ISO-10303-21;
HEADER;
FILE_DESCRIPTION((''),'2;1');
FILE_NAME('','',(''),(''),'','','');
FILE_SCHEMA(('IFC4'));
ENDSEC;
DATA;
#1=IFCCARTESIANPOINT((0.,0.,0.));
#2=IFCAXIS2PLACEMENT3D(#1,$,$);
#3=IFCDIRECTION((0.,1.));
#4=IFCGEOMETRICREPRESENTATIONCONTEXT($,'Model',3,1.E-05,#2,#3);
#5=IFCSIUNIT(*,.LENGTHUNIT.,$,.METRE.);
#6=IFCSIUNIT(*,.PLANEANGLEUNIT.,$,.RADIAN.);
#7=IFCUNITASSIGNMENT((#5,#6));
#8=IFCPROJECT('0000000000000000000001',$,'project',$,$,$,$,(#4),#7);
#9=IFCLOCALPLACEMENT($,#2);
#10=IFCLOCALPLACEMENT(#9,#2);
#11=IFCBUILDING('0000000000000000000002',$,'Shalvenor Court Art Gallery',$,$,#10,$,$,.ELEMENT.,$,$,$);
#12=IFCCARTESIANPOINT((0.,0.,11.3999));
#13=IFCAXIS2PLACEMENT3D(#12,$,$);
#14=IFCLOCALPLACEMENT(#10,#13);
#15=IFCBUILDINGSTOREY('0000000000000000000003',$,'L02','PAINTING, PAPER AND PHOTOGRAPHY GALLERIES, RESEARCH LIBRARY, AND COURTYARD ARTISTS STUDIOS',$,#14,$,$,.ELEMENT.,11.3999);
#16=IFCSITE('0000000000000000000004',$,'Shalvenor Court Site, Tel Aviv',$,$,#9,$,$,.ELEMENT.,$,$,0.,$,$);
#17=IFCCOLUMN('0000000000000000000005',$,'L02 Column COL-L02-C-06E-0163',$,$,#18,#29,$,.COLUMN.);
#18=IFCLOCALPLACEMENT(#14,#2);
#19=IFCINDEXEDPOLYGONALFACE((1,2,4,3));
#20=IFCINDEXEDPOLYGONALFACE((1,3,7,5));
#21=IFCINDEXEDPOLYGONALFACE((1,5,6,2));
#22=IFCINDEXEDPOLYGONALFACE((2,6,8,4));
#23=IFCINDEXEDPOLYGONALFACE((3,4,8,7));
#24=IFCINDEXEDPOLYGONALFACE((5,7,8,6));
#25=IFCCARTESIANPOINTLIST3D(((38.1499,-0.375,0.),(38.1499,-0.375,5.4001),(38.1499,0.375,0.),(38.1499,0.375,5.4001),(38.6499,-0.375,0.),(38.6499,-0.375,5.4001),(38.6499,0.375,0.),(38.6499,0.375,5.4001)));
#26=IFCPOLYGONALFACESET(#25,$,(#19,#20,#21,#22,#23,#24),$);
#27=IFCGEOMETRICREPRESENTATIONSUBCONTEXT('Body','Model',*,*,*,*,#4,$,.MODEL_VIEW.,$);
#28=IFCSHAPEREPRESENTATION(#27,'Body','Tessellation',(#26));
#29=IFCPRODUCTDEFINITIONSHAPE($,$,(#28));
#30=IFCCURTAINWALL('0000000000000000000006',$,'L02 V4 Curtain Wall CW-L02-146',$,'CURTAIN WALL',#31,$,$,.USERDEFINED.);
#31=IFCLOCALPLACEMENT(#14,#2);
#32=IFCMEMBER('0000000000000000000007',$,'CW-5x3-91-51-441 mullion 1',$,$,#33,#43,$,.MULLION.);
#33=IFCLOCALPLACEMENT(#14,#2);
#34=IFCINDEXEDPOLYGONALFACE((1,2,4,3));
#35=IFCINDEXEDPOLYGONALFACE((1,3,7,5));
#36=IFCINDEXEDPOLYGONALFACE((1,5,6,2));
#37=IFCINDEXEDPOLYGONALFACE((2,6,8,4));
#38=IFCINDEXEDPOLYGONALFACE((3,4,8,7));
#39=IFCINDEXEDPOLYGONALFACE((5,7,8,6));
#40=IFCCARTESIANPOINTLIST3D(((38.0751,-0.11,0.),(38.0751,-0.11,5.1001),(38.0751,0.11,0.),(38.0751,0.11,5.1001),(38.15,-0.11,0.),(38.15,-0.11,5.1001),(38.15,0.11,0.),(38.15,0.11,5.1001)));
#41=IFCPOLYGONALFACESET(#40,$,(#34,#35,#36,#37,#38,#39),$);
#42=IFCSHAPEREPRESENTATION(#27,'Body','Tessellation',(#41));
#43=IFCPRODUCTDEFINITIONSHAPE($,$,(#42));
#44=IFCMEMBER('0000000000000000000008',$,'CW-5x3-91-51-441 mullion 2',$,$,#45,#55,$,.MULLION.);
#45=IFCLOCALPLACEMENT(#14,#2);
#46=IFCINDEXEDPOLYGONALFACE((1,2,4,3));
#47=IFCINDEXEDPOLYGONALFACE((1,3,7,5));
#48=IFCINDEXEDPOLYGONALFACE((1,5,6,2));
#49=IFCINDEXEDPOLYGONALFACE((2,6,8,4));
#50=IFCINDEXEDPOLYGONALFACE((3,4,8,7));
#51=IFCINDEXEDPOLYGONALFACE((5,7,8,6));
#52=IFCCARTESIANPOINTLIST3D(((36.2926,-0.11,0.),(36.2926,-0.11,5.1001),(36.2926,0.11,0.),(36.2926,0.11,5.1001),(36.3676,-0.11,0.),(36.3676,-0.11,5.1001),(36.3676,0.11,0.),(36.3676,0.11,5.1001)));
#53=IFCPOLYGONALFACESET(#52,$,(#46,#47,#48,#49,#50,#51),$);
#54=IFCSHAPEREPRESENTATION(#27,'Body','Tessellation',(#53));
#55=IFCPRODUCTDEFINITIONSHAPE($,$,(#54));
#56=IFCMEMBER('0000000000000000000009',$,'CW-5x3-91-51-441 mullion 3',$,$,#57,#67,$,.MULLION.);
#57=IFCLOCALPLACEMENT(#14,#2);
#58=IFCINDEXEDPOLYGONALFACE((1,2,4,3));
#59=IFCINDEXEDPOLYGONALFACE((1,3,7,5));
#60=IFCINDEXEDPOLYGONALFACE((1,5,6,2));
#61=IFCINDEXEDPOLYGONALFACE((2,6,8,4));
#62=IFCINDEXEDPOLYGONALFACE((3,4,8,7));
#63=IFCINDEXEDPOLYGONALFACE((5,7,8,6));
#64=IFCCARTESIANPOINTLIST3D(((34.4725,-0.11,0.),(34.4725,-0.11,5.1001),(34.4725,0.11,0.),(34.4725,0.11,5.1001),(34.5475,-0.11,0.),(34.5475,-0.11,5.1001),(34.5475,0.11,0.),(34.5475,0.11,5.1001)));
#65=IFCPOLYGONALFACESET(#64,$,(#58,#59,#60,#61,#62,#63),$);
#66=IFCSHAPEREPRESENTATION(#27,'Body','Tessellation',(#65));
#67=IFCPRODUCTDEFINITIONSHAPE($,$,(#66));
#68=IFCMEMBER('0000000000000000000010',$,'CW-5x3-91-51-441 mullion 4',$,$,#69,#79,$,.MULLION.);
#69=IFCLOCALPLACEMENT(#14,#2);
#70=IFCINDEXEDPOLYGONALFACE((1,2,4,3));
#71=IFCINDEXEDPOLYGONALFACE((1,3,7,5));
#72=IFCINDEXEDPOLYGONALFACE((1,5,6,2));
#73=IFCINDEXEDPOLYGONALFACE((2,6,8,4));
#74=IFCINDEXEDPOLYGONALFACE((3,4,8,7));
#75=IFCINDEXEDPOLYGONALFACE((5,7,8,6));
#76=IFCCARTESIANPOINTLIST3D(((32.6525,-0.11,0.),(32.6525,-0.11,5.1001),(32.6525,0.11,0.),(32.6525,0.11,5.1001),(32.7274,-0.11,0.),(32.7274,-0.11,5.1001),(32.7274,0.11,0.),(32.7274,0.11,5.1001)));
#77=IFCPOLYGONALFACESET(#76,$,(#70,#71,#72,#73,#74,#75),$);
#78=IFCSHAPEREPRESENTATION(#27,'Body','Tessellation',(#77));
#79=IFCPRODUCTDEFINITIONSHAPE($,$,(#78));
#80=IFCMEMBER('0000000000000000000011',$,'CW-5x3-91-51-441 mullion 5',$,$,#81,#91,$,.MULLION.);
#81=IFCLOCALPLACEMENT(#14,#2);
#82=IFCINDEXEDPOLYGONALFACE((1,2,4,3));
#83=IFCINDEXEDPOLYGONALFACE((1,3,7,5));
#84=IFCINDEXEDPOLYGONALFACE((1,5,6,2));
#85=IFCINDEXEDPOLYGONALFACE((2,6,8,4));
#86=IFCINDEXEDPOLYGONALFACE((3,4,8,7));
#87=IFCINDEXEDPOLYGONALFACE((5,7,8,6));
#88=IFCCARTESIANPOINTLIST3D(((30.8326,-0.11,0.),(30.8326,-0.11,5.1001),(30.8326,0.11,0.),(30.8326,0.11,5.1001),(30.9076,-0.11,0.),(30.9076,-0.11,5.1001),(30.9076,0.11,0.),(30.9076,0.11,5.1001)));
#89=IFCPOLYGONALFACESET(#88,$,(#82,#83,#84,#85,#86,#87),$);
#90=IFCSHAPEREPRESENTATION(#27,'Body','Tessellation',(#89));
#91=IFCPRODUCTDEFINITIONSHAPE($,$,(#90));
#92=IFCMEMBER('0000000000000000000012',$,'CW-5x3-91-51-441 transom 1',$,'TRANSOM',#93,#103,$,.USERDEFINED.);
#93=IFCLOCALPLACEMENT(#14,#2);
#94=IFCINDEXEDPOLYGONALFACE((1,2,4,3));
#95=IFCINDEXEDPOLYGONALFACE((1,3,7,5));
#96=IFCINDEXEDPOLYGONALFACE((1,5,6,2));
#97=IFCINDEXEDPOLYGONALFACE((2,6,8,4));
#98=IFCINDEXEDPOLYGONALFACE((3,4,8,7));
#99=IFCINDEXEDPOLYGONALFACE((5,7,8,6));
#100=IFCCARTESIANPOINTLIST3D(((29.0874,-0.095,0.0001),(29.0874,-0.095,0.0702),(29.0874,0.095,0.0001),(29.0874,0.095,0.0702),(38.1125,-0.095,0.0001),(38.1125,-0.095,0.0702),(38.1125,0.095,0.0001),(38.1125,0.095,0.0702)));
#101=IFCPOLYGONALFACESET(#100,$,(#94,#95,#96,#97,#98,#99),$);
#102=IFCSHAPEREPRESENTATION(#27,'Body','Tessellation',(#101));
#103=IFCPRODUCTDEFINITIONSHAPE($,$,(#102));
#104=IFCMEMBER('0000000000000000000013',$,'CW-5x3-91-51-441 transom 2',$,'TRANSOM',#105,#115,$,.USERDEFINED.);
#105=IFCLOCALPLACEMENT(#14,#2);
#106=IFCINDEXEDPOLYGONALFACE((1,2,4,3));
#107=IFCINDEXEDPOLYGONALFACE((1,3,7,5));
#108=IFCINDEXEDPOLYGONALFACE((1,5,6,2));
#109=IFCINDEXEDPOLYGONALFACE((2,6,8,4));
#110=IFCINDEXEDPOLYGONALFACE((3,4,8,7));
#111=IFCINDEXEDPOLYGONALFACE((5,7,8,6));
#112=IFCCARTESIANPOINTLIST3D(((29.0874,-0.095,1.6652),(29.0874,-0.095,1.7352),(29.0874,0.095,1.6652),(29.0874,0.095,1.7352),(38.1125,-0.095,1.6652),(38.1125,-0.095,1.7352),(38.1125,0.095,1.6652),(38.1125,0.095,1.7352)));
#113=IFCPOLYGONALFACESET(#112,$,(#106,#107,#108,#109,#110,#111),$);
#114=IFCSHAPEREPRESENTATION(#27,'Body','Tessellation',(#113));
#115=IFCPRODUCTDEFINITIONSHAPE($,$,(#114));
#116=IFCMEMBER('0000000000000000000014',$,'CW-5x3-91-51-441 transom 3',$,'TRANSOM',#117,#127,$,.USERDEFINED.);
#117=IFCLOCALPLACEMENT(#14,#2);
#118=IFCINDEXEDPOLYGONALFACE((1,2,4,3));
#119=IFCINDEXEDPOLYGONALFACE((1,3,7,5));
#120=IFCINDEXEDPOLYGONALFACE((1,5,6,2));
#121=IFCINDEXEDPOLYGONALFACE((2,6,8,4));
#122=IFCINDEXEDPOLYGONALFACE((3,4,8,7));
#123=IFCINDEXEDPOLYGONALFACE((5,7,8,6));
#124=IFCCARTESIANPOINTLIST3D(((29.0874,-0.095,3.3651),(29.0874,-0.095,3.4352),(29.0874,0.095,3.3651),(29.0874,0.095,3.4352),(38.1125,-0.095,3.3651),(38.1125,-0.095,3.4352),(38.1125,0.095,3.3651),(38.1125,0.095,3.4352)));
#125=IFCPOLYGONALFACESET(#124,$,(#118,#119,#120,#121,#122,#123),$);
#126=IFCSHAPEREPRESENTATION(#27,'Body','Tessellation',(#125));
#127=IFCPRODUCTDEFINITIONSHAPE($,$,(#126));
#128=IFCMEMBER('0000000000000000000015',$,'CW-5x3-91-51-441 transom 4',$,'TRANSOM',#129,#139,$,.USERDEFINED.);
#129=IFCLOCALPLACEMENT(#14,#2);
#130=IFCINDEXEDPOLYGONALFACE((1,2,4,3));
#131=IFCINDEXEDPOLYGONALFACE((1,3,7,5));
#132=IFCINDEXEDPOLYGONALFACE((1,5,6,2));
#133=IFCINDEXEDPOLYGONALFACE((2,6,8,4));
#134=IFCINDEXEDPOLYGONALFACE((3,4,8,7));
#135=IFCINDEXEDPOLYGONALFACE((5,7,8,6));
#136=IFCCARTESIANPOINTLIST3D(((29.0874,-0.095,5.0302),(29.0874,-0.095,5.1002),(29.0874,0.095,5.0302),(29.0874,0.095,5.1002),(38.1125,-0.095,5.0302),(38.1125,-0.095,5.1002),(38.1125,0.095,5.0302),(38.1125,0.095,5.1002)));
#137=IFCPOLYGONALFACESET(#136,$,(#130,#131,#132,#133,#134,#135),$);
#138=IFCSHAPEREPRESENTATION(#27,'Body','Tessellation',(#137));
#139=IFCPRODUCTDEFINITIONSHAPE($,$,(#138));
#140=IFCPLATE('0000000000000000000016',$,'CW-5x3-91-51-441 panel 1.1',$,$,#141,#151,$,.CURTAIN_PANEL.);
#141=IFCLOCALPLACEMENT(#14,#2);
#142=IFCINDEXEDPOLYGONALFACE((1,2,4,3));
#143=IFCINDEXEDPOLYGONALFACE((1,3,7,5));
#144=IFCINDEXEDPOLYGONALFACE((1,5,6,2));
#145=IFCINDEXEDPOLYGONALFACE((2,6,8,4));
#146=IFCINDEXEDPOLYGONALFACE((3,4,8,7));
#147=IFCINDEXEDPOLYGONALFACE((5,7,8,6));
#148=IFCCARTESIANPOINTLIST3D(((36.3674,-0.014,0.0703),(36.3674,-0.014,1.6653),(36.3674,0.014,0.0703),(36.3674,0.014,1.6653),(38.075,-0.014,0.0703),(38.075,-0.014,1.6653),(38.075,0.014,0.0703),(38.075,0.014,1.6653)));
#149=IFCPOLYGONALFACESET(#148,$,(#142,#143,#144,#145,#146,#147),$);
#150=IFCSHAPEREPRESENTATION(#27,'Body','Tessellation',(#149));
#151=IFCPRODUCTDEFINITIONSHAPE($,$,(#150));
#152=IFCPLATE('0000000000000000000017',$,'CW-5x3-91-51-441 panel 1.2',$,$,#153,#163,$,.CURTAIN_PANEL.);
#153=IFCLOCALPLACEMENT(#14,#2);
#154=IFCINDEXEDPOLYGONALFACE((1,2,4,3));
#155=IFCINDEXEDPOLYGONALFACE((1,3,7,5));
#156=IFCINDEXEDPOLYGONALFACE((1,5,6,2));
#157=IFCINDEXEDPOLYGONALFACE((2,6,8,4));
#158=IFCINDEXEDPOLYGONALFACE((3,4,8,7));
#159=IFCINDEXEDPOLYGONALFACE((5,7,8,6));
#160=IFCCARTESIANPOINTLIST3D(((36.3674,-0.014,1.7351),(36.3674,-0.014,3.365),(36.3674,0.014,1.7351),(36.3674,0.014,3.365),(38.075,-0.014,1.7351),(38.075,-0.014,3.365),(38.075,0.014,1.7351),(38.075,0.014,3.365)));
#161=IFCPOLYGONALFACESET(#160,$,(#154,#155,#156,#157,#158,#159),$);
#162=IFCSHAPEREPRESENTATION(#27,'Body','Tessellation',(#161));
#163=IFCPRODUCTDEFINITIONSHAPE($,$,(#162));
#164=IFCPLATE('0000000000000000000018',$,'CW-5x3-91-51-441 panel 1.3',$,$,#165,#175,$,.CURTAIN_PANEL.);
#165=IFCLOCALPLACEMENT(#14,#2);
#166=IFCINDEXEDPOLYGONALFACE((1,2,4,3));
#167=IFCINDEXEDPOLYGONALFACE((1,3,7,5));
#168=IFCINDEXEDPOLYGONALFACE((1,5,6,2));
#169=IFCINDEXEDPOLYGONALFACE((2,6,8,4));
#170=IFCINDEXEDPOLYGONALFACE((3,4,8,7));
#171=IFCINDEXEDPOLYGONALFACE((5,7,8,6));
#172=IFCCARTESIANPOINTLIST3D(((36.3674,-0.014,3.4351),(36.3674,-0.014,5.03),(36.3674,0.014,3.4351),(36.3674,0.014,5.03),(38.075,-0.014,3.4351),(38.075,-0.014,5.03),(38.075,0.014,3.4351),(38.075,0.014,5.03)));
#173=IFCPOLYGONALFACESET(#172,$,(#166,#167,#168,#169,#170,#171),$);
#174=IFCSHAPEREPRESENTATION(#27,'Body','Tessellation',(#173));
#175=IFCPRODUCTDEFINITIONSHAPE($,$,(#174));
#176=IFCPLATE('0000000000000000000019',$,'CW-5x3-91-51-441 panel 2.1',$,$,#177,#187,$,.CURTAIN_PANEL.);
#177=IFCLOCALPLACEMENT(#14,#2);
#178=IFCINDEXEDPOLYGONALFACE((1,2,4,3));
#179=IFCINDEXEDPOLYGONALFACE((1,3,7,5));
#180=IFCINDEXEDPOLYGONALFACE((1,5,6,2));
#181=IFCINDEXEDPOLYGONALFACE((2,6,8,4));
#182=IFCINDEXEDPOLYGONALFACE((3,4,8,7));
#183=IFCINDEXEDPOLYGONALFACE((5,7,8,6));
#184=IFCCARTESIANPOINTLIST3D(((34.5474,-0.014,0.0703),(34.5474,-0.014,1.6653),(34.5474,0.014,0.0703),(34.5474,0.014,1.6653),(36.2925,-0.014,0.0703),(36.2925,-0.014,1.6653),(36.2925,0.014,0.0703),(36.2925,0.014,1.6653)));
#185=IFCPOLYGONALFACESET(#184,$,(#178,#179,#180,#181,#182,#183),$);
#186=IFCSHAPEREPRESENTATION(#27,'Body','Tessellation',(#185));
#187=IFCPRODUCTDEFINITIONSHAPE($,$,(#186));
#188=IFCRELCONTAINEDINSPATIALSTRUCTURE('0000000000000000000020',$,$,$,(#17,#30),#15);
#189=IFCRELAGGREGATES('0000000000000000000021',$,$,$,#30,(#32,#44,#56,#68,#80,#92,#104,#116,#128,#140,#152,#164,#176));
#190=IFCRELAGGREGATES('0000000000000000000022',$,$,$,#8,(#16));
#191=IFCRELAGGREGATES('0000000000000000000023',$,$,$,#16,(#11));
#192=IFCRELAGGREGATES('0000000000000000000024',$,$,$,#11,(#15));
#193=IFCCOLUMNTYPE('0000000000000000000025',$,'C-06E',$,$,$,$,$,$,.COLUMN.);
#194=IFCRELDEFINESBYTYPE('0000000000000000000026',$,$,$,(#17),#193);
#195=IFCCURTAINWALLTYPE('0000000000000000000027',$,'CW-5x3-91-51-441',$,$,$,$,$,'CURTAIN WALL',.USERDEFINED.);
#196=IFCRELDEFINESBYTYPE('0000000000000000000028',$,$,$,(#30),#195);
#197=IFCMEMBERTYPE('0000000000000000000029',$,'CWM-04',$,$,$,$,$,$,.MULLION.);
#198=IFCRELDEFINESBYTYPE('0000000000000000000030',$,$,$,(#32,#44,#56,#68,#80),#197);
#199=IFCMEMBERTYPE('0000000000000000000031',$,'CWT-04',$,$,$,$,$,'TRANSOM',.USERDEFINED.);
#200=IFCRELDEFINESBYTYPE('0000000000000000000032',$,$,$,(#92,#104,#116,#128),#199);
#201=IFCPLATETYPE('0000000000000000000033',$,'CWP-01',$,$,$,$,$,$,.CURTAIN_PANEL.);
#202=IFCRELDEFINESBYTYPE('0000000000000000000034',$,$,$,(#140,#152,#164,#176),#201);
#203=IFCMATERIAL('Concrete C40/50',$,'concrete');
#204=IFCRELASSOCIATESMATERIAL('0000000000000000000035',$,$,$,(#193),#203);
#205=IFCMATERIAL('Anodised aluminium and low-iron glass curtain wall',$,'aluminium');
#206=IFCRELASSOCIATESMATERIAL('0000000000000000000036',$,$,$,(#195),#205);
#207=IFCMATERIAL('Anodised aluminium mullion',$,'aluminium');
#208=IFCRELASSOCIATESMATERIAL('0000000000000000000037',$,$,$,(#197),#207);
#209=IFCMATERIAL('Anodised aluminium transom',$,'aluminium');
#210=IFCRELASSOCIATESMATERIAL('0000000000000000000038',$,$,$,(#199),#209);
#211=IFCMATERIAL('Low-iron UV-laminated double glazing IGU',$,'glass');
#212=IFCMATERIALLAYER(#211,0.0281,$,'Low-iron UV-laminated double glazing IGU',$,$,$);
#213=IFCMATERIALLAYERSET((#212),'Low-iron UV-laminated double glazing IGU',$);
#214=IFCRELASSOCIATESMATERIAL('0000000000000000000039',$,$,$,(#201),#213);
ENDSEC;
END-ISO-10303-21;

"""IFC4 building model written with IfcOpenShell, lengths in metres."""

from ifc_helpers import new_model, si_unit, direction, frame, origin, origin_2d, place, context, subcontext, project, spatial, rectangle, extrude, material, layer, layer_set, material_profile, profile_set, type_object, element, aggregate, save


model = new_model("IFC4")

# Units and contexts
model_context = context("Model", 3, precision=1e-05, world=origin(), true_north=direction((0.0, 1.0)))
body_context = subcontext(model_context, "Body", "Model", "MODEL_VIEW")
ifc_project = project(units=[si_unit("LENGTHUNIT", "METRE"), si_unit("PLANEANGLEUNIT", "RADIAN")], contexts=[model_context])

# Site, building, storey
site_placement = place(None, origin())
site = spatial("IfcSite", under=ifc_project, at=site_placement, Name="Shalvenor Court Site, Tel Aviv", CompositionType="ELEMENT", RefElevation=0.0)
building_placement = place(site_placement, origin())
building = spatial("IfcBuilding", under=site, at=building_placement, Name="Shalvenor Court Art Gallery", CompositionType="ELEMENT")
storey_placement = place(building_placement, frame((0.0, 0.0, 11.3999)))
storey = spatial("IfcBuildingStorey", under=building, at=storey_placement, Name="L02", Description="PAINTING, PAPER AND PHOTOGRAPHY GALLERIES, RESEARCH LIBRARY, AND COURTYARD ARTISTS STUDIOS", CompositionType="ELEMENT", Elevation=11.3999)

# Column
ifc_material_1 = material(Name="Concrete C40/50", Category="concrete")
ifc_material_profile_1 = material_profile(ifc_material_1, rectangle(XDim=0.5, YDim=0.75, at=origin_2d()), Name="RC 500x750")
ifc_profile_set_1 = profile_set([ifc_material_profile_1], Name="Concrete C40/50")
column_type = type_object("IfcColumnType", Name="C-06E", PredefinedType="COLUMN", material=ifc_profile_set_1)
column_placement = place(storey_placement, frame((38.3999, 0.0, 0.0), z_axis=(0.0, 0.0, 1.0), x_axis=(1.0, 0.0, 0.0)))
element("IfcColumn", 1, at=column_placement, inside=storey, type_object=column_type, Name="L02 Column COL-L02-C-06E-0163", PredefinedType="COLUMN", context=body_context, shape_type="SweptSolid", body=[
    extrude(rectangle(XDim=0.5, YDim=0.75, at=origin_2d()), origin(), (0.0, 0.0, 1.0), 5.4001),
])

# Curtain wall, members, plates
ifc_material_2 = material(Name="Anodised aluminium and low-iron glass curtain wall", Category="aluminium")
curtain_wall_type = type_object("IfcCurtainWallType", Name="CW-5x3-91-51-441", ElementType="CURTAIN WALL", PredefinedType="USERDEFINED", material=ifc_material_2)
curtain_wall_placement = place(storey_placement, origin())
curtain_wall = element("IfcCurtainWall", 2, at=curtain_wall_placement, inside=storey, type_object=curtain_wall_type, Name="L02 V4 Curtain Wall CW-L02-146", ObjectType="CURTAIN WALL", PredefinedType="USERDEFINED")
ifc_material_3 = material(Name="Anodised aluminium mullion", Category="aluminium")
ifc_material_profile_2 = material_profile(ifc_material_3, rectangle(XDim=0.075, YDim=0.22, at=origin_2d()), Name="CWM-04")
ifc_profile_set_2 = profile_set([ifc_material_profile_2], Name="Anodised aluminium mullion")
member_type_1 = type_object("IfcMemberType", Name="CWM-04", PredefinedType="MULLION", material=ifc_profile_set_2)
member_1_placement = place(storey_placement, frame((38.1125, 0.0, 0.0), z_axis=(0.0, 0.0, 1.0), x_axis=(-1.0, 0.0, 0.0)))
member_1 = element("IfcMember", 3, at=member_1_placement, type_object=member_type_1, Name="CW-5x3-91-51-441 mullion 1", PredefinedType="MULLION", context=body_context, shape_type="SweptSolid", body=[
    extrude(rectangle(XDim=0.075, YDim=0.22, at=origin_2d()), origin(), (0.0, 0.0, 1.0), 5.1001),
])
member_2_placement = place(storey_placement, frame((36.3301, 0.0, 0.0), z_axis=(0.0, 0.0, 1.0), x_axis=(-1.0, 0.0, 0.0)))
member_2 = element("IfcMember", 4, at=member_2_placement, type_object=member_type_1, Name="CW-5x3-91-51-441 mullion 2", PredefinedType="MULLION", context=body_context, shape_type="SweptSolid", body=[
    extrude(rectangle(XDim=0.075, YDim=0.22, at=origin_2d()), origin(), (0.0, 0.0, 1.0), 5.1001),
])
member_3_placement = place(storey_placement, frame((34.51, 0.0, 0.0), z_axis=(0.0, 0.0, 1.0), x_axis=(-1.0, 0.0, 0.0)))
member_3 = element("IfcMember", 5, at=member_3_placement, type_object=member_type_1, Name="CW-5x3-91-51-441 mullion 3", PredefinedType="MULLION", context=body_context, shape_type="SweptSolid", body=[
    extrude(rectangle(XDim=0.075, YDim=0.22, at=origin_2d()), origin(), (0.0, 0.0, 1.0), 5.1001),
])
member_4_placement = place(storey_placement, frame((32.6899, 0.0, 0.0), z_axis=(0.0, 0.0, 1.0), x_axis=(-1.0, 0.0, 0.0)))
member_4 = element("IfcMember", 6, at=member_4_placement, type_object=member_type_1, Name="CW-5x3-91-51-441 mullion 4", PredefinedType="MULLION", context=body_context, shape_type="SweptSolid", body=[
    extrude(rectangle(XDim=0.075, YDim=0.22, at=origin_2d()), origin(), (0.0, 0.0, 1.0), 5.1001),
])
member_5_placement = place(storey_placement, frame((30.8701, 0.0, 0.0), z_axis=(0.0, 0.0, 1.0), x_axis=(-1.0, 0.0, 0.0)))
member_5 = element("IfcMember", 7, at=member_5_placement, type_object=member_type_1, Name="CW-5x3-91-51-441 mullion 5", PredefinedType="MULLION", context=body_context, shape_type="SweptSolid", body=[
    extrude(rectangle(XDim=0.075, YDim=0.22, at=origin_2d()), origin(), (0.0, 0.0, 1.0), 5.1001),
])
ifc_material_4 = material(Name="Anodised aluminium transom", Category="aluminium")
ifc_material_profile_3 = material_profile(ifc_material_4, rectangle(XDim=0.1899, YDim=0.0701, at=origin_2d()), Name="CWT-04")
ifc_profile_set_3 = profile_set([ifc_material_profile_3], Name="Anodised aluminium transom")
member_type_2 = type_object("IfcMemberType", Name="CWT-04", ElementType="TRANSOM", PredefinedType="USERDEFINED", material=ifc_profile_set_3)
member_6_placement = place(storey_placement, frame((38.1125, 0.0, 0.0352), z_axis=(-1.0, 0.0, 0.0), x_axis=(0.0, -1.0, 0.0)))
member_6 = element("IfcMember", 8, at=member_6_placement, type_object=member_type_2, Name="CW-5x3-91-51-441 transom 1", ObjectType="TRANSOM", PredefinedType="USERDEFINED", context=body_context, shape_type="SweptSolid", body=[
    extrude(rectangle(XDim=0.1899, YDim=0.0701, at=origin_2d()), origin(), (0.0, 0.0, 1.0), 9.0251),
])
member_7_placement = place(storey_placement, frame((38.1125, 0.0, 1.7002), z_axis=(-1.0, 0.0, 0.0), x_axis=(0.0, -1.0, 0.0)))
member_7 = element("IfcMember", 9, at=member_7_placement, type_object=member_type_2, Name="CW-5x3-91-51-441 transom 2", ObjectType="TRANSOM", PredefinedType="USERDEFINED", context=body_context, shape_type="SweptSolid", body=[
    extrude(rectangle(XDim=0.1899, YDim=0.0701, at=origin_2d()), origin(), (0.0, 0.0, 1.0), 9.0251),
])
member_8_placement = place(storey_placement, frame((38.1125, 0.0, 3.4001), z_axis=(-1.0, 0.0, 0.0), x_axis=(0.0, -1.0, 0.0)))
member_8 = element("IfcMember", 10, at=member_8_placement, type_object=member_type_2, Name="CW-5x3-91-51-441 transom 3", ObjectType="TRANSOM", PredefinedType="USERDEFINED", context=body_context, shape_type="SweptSolid", body=[
    extrude(rectangle(XDim=0.1899, YDim=0.0701, at=origin_2d()), origin(), (0.0, 0.0, 1.0), 9.0251),
])
member_9_placement = place(storey_placement, frame((38.1125, 0.0, 5.0652), z_axis=(-1.0, 0.0, 0.0), x_axis=(0.0, -1.0, 0.0)))
member_9 = element("IfcMember", 11, at=member_9_placement, type_object=member_type_2, Name="CW-5x3-91-51-441 transom 4", ObjectType="TRANSOM", PredefinedType="USERDEFINED", context=body_context, shape_type="SweptSolid", body=[
    extrude(rectangle(XDim=0.1899, YDim=0.0701, at=origin_2d()), origin(), (0.0, 0.0, 1.0), 9.0251),
])
ifc_material_5 = material(Name="Low-iron UV-laminated double glazing IGU", Category="glass")
ifc_layer_1 = layer(ifc_material_5, 0.0281, Name="Low-iron UV-laminated double glazing IGU")
ifc_layer_set_1 = layer_set([ifc_layer_1], Name="Low-iron UV-laminated double glazing IGU")
plate_type_1 = type_object("IfcPlateType", Name="CWP-01", PredefinedType="CURTAIN_PANEL", material=ifc_layer_set_1)
plate_1_placement = place(storey_placement, frame((37.2212, 0.0, 0.0703), z_axis=(0.0, 0.0, 1.0), x_axis=(-1.0, 0.0, 0.0)))
plate_1 = element("IfcPlate", 12, at=plate_1_placement, type_object=plate_type_1, Name="CW-5x3-91-51-441 panel 1.1", PredefinedType="CURTAIN_PANEL", context=body_context, shape_type="SweptSolid", body=[
    extrude(rectangle(XDim=1.7075, YDim=0.0281, at=origin_2d()), origin(), (0.0, 0.0, 1.0), 1.595),
])
plate_2_placement = place(storey_placement, frame((37.2212, 0.0, 1.7351), z_axis=(0.0, 0.0, 1.0), x_axis=(-1.0, 0.0, 0.0)))
plate_2 = element("IfcPlate", 13, at=plate_2_placement, type_object=plate_type_1, Name="CW-5x3-91-51-441 panel 1.2", PredefinedType="CURTAIN_PANEL", context=body_context, shape_type="SweptSolid", body=[
    extrude(rectangle(XDim=1.7075, YDim=0.0281, at=origin_2d()), origin(), (0.0, 0.0, 1.0), 1.6299),
])
plate_3_placement = place(storey_placement, frame((37.2212, 0.0, 3.4351), z_axis=(0.0, 0.0, 1.0), x_axis=(-1.0, 0.0, 0.0)))
plate_3 = element("IfcPlate", 14, at=plate_3_placement, type_object=plate_type_1, Name="CW-5x3-91-51-441 panel 1.3", PredefinedType="CURTAIN_PANEL", context=body_context, shape_type="SweptSolid", body=[
    extrude(rectangle(XDim=1.7075, YDim=0.0281, at=origin_2d()), origin(), (0.0, 0.0, 1.0), 1.595),
])
plate_4_placement = place(storey_placement, frame((35.4199, 0.0, 0.0703), z_axis=(0.0, 0.0, 1.0), x_axis=(-1.0, 0.0, 0.0)))
plate_4 = element("IfcPlate", 15, at=plate_4_placement, type_object=plate_type_1, Name="CW-5x3-91-51-441 panel 2.1", PredefinedType="CURTAIN_PANEL", context=body_context, shape_type="SweptSolid", body=[
    extrude(rectangle(XDim=1.7451, YDim=0.0281, at=origin_2d()), origin(), (0.0, 0.0, 1.0), 1.595),
])
aggregate(curtain_wall, [member_1, member_2, member_3, member_4, member_5, member_6, member_7, member_8, member_9, plate_1, plate_2, plate_3, plate_4])

save(model, "model.ifc")
